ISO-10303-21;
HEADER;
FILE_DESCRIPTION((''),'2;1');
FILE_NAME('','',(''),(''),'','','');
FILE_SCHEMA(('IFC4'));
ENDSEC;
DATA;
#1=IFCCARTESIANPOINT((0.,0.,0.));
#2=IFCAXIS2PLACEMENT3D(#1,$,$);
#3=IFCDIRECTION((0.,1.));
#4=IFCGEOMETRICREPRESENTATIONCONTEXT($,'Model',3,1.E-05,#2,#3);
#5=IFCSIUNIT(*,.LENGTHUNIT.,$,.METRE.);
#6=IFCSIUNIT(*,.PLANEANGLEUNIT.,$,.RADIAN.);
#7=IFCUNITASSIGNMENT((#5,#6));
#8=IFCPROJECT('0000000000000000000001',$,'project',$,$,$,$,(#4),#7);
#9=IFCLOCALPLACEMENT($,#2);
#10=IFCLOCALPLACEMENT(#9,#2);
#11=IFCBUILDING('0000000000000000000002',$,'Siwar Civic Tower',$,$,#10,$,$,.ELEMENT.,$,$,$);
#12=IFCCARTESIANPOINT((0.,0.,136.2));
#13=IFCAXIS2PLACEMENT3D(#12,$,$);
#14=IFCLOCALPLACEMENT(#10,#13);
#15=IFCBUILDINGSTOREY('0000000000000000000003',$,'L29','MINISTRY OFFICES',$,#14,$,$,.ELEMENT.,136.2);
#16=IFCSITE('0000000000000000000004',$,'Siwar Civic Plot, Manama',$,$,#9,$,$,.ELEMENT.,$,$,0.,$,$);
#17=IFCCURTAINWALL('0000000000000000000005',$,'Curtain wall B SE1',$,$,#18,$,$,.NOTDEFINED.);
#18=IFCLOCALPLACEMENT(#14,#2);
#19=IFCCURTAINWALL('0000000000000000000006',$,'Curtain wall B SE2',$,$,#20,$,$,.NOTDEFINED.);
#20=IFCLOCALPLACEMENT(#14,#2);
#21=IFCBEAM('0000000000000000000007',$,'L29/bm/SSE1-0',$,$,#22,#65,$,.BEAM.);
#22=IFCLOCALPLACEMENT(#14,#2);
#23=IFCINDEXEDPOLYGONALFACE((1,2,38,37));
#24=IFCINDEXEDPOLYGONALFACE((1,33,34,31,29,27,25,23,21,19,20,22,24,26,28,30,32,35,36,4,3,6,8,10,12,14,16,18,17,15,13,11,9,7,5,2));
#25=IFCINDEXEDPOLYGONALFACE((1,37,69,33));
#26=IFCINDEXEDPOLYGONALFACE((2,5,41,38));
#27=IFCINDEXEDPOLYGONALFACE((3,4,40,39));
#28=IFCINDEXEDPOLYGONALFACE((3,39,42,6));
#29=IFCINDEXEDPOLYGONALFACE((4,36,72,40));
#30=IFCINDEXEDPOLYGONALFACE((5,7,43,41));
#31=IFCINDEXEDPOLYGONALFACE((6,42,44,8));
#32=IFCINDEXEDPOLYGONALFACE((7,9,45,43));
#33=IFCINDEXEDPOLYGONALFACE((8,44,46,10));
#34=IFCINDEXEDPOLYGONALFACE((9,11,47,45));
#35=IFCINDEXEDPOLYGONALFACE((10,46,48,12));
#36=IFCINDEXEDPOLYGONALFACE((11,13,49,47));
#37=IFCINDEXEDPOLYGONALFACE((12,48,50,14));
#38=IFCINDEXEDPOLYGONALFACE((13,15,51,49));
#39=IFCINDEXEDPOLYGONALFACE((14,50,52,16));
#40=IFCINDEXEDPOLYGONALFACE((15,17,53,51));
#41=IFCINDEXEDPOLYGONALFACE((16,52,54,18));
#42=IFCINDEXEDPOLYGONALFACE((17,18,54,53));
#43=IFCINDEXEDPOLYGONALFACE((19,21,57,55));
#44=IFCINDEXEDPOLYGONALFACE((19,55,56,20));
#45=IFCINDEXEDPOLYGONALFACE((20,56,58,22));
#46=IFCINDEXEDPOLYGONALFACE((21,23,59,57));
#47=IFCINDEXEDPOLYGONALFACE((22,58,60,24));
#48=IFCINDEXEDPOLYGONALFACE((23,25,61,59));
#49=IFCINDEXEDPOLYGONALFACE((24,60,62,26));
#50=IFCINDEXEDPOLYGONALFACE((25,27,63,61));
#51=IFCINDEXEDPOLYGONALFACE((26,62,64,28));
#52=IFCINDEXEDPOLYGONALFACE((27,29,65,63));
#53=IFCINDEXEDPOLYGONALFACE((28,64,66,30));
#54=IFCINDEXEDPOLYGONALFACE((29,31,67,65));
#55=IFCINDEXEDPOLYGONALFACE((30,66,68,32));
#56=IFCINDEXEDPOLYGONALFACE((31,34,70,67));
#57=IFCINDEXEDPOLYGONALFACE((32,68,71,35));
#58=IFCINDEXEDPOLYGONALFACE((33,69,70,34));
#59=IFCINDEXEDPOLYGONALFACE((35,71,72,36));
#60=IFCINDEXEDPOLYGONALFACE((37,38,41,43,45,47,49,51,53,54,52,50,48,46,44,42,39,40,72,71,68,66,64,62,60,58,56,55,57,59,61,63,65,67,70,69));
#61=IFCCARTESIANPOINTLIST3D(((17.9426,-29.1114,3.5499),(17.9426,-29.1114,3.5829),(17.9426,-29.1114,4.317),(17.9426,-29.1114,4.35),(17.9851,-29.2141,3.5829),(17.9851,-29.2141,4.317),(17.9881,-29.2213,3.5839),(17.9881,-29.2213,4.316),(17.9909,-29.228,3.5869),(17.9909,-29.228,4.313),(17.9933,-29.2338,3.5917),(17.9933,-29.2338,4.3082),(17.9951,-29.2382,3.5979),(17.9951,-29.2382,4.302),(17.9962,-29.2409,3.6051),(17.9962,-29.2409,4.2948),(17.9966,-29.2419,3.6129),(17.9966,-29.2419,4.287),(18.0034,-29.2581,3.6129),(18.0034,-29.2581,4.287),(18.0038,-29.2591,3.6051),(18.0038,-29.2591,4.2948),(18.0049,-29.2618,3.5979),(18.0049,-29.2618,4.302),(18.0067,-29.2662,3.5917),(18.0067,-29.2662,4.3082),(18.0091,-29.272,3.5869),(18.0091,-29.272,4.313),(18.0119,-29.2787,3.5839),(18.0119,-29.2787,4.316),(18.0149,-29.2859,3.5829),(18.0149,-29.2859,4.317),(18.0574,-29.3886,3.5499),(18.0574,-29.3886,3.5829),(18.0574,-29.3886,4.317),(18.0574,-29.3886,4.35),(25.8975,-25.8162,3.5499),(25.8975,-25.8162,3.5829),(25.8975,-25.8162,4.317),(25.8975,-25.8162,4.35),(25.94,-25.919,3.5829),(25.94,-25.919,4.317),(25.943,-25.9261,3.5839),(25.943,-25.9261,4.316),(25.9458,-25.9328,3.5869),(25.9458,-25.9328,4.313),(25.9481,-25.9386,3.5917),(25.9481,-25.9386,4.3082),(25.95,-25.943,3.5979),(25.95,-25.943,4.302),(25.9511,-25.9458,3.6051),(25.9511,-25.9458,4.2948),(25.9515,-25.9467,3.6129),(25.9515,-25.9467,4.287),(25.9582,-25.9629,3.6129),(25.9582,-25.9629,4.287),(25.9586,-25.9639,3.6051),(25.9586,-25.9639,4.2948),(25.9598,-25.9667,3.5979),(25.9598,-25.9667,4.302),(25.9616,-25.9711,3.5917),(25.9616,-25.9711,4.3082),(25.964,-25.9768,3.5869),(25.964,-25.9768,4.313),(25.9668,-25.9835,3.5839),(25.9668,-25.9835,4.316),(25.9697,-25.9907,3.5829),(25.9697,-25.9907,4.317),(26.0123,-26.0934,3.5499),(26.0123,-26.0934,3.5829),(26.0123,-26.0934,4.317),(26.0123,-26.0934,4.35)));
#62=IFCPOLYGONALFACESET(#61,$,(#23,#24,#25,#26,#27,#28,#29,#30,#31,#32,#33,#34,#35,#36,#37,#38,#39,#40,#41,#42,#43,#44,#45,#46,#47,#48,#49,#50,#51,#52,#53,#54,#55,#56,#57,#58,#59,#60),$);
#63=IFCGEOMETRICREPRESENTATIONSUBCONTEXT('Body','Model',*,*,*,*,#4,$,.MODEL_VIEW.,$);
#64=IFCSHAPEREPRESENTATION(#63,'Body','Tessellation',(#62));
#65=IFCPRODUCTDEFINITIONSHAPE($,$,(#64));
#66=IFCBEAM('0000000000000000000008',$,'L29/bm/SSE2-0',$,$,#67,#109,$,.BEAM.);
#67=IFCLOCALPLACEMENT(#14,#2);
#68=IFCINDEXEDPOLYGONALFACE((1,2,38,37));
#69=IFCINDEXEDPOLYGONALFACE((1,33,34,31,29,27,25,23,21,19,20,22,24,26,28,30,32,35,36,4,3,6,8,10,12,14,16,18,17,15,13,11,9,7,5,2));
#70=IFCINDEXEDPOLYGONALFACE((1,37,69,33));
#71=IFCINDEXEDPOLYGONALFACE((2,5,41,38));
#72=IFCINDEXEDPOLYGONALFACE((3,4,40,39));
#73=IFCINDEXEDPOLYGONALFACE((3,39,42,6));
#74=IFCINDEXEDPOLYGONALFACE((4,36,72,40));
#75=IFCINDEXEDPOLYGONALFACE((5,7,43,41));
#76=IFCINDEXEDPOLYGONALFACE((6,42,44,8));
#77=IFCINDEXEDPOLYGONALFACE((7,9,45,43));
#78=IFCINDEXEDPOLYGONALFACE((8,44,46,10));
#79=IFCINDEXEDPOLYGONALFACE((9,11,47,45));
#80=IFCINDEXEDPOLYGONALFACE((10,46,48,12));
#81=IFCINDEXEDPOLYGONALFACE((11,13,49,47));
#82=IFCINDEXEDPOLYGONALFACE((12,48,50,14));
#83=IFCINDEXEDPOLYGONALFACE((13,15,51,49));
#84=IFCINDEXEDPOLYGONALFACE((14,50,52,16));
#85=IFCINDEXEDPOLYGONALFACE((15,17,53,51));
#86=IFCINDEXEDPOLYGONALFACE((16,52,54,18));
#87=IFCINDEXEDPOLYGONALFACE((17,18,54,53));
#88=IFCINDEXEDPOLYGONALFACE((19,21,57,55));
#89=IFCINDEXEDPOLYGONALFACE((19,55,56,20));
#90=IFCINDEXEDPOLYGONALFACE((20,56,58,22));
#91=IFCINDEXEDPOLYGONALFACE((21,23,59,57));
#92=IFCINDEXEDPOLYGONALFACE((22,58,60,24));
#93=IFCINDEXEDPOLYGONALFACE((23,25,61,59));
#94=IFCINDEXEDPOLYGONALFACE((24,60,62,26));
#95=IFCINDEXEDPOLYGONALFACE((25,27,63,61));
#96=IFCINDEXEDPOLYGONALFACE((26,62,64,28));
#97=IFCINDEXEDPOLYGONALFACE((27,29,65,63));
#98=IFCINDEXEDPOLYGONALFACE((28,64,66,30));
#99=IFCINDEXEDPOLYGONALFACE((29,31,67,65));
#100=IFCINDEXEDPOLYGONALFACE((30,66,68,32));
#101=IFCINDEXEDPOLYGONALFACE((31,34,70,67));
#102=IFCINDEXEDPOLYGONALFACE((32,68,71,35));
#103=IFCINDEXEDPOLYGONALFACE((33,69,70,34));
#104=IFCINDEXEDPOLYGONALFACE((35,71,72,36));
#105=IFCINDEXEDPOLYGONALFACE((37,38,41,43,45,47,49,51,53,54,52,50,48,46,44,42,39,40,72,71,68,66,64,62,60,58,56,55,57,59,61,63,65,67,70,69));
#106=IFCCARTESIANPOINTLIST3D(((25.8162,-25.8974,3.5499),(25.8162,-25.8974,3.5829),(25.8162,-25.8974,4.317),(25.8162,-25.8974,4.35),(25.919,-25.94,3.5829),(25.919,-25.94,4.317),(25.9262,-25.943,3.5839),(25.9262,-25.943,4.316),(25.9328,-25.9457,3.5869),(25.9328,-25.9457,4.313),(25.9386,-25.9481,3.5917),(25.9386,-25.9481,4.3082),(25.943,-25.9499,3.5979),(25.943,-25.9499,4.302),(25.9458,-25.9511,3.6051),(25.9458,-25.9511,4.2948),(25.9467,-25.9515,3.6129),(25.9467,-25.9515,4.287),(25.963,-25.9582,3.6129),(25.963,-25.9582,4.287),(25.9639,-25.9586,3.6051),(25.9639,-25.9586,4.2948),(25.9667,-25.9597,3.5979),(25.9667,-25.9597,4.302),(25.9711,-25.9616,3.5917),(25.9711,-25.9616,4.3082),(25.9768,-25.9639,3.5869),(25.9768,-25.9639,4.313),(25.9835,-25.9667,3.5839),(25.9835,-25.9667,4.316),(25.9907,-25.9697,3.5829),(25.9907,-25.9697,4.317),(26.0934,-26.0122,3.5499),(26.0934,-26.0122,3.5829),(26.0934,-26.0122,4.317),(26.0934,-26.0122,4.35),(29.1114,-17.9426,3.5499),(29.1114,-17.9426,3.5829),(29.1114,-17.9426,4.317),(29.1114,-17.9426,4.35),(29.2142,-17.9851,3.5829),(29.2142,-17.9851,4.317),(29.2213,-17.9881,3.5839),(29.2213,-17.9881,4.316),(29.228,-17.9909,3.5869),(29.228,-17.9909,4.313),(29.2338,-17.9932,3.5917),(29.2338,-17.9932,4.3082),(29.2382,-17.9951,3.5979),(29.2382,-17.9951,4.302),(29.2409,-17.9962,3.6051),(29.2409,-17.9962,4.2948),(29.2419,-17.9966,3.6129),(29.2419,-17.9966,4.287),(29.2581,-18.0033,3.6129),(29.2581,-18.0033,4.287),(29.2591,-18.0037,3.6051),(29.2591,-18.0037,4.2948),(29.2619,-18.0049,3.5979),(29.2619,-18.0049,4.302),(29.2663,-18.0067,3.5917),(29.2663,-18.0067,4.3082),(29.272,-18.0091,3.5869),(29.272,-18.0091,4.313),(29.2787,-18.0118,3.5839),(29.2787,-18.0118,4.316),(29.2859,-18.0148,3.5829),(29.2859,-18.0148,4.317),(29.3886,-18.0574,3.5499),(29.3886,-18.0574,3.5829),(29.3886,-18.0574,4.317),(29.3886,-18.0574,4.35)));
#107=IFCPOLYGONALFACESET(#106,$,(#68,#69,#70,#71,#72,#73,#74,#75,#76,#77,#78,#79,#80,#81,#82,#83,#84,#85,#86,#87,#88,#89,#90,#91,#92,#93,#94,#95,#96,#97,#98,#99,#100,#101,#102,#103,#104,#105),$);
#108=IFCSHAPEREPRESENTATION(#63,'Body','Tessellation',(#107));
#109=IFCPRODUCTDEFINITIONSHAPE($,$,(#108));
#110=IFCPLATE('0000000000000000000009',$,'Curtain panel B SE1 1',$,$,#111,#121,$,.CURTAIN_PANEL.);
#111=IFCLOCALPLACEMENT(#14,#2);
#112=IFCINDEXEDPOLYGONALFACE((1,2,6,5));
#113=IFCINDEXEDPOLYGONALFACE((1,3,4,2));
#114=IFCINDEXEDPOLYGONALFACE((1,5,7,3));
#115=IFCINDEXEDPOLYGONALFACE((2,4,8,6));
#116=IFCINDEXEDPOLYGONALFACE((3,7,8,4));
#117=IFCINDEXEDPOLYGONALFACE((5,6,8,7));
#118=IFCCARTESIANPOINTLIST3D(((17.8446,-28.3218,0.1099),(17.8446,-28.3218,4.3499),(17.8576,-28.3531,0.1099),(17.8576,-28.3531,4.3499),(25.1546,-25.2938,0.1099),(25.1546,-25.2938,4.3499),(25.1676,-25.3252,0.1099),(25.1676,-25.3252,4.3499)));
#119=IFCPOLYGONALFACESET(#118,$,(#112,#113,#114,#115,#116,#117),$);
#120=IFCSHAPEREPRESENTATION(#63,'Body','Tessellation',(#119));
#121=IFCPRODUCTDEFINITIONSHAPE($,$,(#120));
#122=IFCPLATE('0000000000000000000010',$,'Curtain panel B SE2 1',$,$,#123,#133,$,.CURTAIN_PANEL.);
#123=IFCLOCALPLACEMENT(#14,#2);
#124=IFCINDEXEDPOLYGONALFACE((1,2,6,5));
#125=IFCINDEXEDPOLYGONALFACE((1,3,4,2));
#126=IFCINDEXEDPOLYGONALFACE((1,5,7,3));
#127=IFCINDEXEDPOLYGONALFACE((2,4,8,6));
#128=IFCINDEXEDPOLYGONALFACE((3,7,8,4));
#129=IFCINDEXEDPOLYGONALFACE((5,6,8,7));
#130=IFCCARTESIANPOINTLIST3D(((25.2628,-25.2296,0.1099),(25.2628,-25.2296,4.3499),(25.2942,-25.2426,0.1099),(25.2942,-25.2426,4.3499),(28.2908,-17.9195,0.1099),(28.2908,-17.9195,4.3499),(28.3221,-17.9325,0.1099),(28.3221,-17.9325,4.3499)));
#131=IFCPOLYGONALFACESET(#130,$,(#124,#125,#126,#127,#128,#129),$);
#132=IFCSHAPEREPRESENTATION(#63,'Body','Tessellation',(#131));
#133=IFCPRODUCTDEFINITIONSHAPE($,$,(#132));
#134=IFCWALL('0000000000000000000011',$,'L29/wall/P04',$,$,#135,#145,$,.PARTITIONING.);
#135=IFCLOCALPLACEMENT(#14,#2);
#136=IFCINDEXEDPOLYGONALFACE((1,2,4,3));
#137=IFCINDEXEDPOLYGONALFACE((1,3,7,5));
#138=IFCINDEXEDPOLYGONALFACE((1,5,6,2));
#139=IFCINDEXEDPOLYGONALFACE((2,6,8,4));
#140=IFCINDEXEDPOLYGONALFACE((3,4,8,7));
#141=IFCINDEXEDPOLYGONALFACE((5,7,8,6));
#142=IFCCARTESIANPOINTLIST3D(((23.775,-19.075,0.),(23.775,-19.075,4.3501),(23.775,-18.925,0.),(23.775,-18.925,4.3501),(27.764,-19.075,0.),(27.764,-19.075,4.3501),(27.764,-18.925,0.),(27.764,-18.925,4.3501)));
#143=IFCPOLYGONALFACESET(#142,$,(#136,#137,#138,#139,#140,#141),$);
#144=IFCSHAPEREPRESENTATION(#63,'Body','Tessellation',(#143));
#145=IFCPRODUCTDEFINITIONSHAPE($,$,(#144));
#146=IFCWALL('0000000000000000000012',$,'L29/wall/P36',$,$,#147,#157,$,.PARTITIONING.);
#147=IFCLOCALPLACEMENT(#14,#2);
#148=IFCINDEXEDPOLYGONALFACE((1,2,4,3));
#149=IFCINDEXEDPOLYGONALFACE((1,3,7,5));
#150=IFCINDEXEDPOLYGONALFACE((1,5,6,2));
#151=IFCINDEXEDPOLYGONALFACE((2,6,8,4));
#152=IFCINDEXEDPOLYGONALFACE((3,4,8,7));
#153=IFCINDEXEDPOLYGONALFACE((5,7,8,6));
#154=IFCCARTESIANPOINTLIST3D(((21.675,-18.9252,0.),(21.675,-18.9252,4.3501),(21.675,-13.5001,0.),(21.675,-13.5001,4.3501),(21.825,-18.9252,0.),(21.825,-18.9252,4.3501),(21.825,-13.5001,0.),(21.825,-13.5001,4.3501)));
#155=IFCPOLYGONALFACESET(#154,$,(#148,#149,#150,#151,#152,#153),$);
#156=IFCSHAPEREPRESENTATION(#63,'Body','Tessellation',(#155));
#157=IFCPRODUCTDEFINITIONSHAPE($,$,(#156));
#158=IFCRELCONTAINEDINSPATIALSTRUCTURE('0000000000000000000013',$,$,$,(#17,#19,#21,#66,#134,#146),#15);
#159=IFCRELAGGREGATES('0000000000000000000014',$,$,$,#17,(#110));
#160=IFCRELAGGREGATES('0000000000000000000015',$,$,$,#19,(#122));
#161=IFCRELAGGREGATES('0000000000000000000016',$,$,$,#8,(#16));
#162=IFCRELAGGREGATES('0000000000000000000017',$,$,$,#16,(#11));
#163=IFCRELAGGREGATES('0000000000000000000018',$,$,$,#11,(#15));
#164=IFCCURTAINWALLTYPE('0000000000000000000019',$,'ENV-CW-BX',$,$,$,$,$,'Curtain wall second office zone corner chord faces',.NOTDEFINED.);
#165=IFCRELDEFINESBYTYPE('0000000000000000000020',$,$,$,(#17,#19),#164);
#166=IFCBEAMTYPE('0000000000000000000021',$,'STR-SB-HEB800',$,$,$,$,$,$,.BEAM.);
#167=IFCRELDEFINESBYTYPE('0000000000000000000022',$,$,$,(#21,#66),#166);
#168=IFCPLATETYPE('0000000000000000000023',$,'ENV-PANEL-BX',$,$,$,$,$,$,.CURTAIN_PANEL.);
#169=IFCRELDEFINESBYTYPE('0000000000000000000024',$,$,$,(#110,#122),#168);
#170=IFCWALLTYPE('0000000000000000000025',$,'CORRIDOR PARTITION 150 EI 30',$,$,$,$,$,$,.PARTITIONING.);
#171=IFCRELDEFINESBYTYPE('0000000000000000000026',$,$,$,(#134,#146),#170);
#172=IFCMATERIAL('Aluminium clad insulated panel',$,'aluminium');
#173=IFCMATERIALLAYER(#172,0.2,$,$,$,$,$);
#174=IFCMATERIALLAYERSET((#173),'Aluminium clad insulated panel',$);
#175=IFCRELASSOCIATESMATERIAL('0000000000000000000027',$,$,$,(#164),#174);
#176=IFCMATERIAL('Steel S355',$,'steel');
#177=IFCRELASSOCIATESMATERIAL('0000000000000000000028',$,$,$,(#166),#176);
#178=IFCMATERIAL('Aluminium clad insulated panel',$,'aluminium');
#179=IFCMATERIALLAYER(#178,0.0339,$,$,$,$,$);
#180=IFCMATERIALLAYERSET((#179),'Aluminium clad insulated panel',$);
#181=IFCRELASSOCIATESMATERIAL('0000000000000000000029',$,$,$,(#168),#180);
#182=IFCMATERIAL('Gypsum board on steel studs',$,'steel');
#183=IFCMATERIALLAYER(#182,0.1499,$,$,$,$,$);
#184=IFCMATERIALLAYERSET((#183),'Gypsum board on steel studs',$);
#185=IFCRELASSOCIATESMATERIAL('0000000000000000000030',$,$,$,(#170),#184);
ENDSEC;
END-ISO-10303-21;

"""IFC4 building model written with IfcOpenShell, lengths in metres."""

from ifc_helpers import new_model, si_unit, direction, frame, frame_2d, origin, origin_2d, place, context, subcontext, project, spatial, rectangle, i_section, extrude, material, layer, layer_set, material_profile, profile_set, type_object, element, aggregate, save


model = new_model("IFC4")

# Units and contexts
model_context = context("Model", 3, precision=1e-05, world=origin(), true_north=direction((0.0, 1.0)))
body_context = subcontext(model_context, "Body", "Model", "MODEL_VIEW")
ifc_project = project(units=[si_unit("LENGTHUNIT", "METRE"), si_unit("PLANEANGLEUNIT", "RADIAN")], contexts=[model_context])

# Site, building, storey
site_placement = place(None, origin())
site = spatial("IfcSite", under=ifc_project, at=site_placement, Name="Siwar Civic Plot, Manama", CompositionType="ELEMENT", RefElevation=0.0)
building_placement = place(site_placement, origin())
building = spatial("IfcBuilding", under=site, at=building_placement, Name="Siwar Civic Tower", CompositionType="ELEMENT")
storey_placement = place(building_placement, frame((0.0, 0.0, 136.2)))
storey = spatial("IfcBuildingStorey", under=building, at=storey_placement, Name="L29", Description="MINISTRY OFFICES", CompositionType="ELEMENT", Elevation=136.2)

# Curtain walls
ifc_material_1 = material(Name="Aluminium clad insulated panel", Category="aluminium")
ifc_layer_1 = layer(ifc_material_1, 0.2)
ifc_layer_set_1 = layer_set([ifc_layer_1], Name="Aluminium clad insulated panel")
curtain_wall_type = type_object("IfcCurtainWallType", Name="ENV-CW-BX", ElementType="Curtain wall second office zone corner chord faces", PredefinedType="NOTDEFINED", material=ifc_layer_set_1)
curtain_wall_1_placement = place(storey_placement, origin())
curtain_wall_1 = element("IfcCurtainWall", 1, at=curtain_wall_1_placement, inside=storey, type_object=curtain_wall_type, Name="Curtain wall B SE1", PredefinedType="NOTDEFINED")
curtain_wall_2_placement = place(storey_placement, origin())
curtain_wall_2 = element("IfcCurtainWall", 2, at=curtain_wall_2_placement, inside=storey, type_object=curtain_wall_type, Name="Curtain wall B SE2", PredefinedType="NOTDEFINED")

# Beams
ifc_material_2 = material(Name="Steel S355", Category="steel")
ifc_material_profile_1 = material_profile(ifc_material_2, i_section(OverallWidth=0.3, OverallDepth=0.8, WebThickness=0.0176, FlangeThickness=0.033, FilletRadius=0.03, at=origin_2d()), Name="HEB800")
ifc_profile_set_1 = profile_set([ifc_material_profile_1], Name="Steel S355")
beam_type_1 = type_object("IfcBeamType", Name="STR-SB-HEB800", PredefinedType="BEAM", material=ifc_profile_set_1)
for number, where, z_axis, x_axis, name in (
    (3, (18.0, -29.25, 3.95), (0.923873, 0.3827, 0.0), (-0.3827, 0.923873, 0.0), "L29/bm/SSE1-0"),
    (4, (25.9548, -25.9548, 3.95), (0.3827, 0.923873, 0.0), (-0.923873, 0.3827, 0.0), "L29/bm/SSE2-0"),
):
    element("IfcBeam", number, at=place(storey_placement, frame(where, z_axis=z_axis, x_axis=x_axis)), inside=storey, type_object=beam_type_1, Name=name, PredefinedType="BEAM", context=body_context, shape_type="SweptSolid", body=[
        extrude(i_section(OverallWidth=0.3, OverallDepth=0.8, WebThickness=0.0176, FlangeThickness=0.033, FilletRadius=0.03, at=origin_2d()), origin(), (0.0, 0.0, 1.0), 8.6104),
    ])

# Plates
ifc_material_3 = material(Name="Aluminium clad insulated panel", Category="aluminium")
ifc_layer_2 = layer(ifc_material_3, 0.0339)
ifc_layer_set_2 = layer_set([ifc_layer_2], Name="Aluminium clad insulated panel")
plate_type = type_object("IfcPlateType", Name="ENV-PANEL-BX", PredefinedType="CURTAIN_PANEL", material=ifc_layer_set_2)
plate_1_placement = place(storey_placement, frame((21.5061, -26.8235, 0.1099), z_axis=(0.0, 0.0, 1.0), x_axis=(0.92388, 0.382683, 0.0)))
plate_1 = element("IfcPlate", 5, at=plate_1_placement, type_object=plate_type, Name="Curtain panel B SE1 1", PredefinedType="CURTAIN_PANEL", context=body_context, shape_type="SweptSolid", body=[
    extrude(rectangle(XDim=7.9124, YDim=0.0339, at=origin_2d()), origin(), (0.0, 0.0, 1.0), 4.24),
])
aggregate(curtain_wall_1, [plate_1])
plate_2_placement = place(storey_placement, frame((26.7925, -21.5811, 0.1099), z_axis=(0.0, 0.0, 1.0), x_axis=(0.382683, 0.92388, 0.0)))
plate_2 = element("IfcPlate", 6, at=plate_2_placement, type_object=plate_type, Name="Curtain panel B SE2 1", PredefinedType="CURTAIN_PANEL", context=body_context, shape_type="SweptSolid", body=[
    extrude(rectangle(XDim=7.9124, YDim=0.0339, at=origin_2d()), origin(), (0.0, 0.0, 1.0), 4.24),
])
aggregate(curtain_wall_2, [plate_2])

# Walls
ifc_material_4 = material(Name="Gypsum board on steel studs", Category="steel")
ifc_layer_3 = layer(ifc_material_4, 0.1499)
ifc_layer_set_3 = layer_set([ifc_layer_3], Name="Gypsum board on steel studs")
wall_type_1 = type_object("IfcWallType", Name="CORRIDOR PARTITION 150 EI 30", PredefinedType="PARTITIONING", material=ifc_layer_set_3)
wall_1_placement = place(storey_placement, frame((23.7749, -19.0, 0.0), z_axis=(0.0, 0.0, 1.0), x_axis=(1.0, 0.0, 0.0)))
element("IfcWall", 7, at=wall_1_placement, inside=storey, type_object=wall_type_1, Name="L29/wall/P04", PredefinedType="PARTITIONING", context=body_context, shape_type="SweptSolid", body=[
    extrude(rectangle(XDim=3.989, YDim=0.1499, at=frame_2d((1.9946, 0.0))), origin(), (0.0, 0.0, 1.0), 4.3501),
])
wall_2_placement = place(storey_placement, frame((21.75, -18.925, 0.0), z_axis=(0.0, 0.0, 1.0), x_axis=(0.0, 1.0, 0.0)))
element("IfcWall", 8, at=wall_2_placement, inside=storey, type_object=wall_type_1, Name="L29/wall/P36", PredefinedType="PARTITIONING", context=body_context, shape_type="SweptSolid", body=[
    extrude(rectangle(XDim=5.425, YDim=0.1499, at=frame_2d((2.7124, 0.0))), origin(), (0.0, 0.0, 1.0), 4.3501),
])

save(model, "model.ifc")
